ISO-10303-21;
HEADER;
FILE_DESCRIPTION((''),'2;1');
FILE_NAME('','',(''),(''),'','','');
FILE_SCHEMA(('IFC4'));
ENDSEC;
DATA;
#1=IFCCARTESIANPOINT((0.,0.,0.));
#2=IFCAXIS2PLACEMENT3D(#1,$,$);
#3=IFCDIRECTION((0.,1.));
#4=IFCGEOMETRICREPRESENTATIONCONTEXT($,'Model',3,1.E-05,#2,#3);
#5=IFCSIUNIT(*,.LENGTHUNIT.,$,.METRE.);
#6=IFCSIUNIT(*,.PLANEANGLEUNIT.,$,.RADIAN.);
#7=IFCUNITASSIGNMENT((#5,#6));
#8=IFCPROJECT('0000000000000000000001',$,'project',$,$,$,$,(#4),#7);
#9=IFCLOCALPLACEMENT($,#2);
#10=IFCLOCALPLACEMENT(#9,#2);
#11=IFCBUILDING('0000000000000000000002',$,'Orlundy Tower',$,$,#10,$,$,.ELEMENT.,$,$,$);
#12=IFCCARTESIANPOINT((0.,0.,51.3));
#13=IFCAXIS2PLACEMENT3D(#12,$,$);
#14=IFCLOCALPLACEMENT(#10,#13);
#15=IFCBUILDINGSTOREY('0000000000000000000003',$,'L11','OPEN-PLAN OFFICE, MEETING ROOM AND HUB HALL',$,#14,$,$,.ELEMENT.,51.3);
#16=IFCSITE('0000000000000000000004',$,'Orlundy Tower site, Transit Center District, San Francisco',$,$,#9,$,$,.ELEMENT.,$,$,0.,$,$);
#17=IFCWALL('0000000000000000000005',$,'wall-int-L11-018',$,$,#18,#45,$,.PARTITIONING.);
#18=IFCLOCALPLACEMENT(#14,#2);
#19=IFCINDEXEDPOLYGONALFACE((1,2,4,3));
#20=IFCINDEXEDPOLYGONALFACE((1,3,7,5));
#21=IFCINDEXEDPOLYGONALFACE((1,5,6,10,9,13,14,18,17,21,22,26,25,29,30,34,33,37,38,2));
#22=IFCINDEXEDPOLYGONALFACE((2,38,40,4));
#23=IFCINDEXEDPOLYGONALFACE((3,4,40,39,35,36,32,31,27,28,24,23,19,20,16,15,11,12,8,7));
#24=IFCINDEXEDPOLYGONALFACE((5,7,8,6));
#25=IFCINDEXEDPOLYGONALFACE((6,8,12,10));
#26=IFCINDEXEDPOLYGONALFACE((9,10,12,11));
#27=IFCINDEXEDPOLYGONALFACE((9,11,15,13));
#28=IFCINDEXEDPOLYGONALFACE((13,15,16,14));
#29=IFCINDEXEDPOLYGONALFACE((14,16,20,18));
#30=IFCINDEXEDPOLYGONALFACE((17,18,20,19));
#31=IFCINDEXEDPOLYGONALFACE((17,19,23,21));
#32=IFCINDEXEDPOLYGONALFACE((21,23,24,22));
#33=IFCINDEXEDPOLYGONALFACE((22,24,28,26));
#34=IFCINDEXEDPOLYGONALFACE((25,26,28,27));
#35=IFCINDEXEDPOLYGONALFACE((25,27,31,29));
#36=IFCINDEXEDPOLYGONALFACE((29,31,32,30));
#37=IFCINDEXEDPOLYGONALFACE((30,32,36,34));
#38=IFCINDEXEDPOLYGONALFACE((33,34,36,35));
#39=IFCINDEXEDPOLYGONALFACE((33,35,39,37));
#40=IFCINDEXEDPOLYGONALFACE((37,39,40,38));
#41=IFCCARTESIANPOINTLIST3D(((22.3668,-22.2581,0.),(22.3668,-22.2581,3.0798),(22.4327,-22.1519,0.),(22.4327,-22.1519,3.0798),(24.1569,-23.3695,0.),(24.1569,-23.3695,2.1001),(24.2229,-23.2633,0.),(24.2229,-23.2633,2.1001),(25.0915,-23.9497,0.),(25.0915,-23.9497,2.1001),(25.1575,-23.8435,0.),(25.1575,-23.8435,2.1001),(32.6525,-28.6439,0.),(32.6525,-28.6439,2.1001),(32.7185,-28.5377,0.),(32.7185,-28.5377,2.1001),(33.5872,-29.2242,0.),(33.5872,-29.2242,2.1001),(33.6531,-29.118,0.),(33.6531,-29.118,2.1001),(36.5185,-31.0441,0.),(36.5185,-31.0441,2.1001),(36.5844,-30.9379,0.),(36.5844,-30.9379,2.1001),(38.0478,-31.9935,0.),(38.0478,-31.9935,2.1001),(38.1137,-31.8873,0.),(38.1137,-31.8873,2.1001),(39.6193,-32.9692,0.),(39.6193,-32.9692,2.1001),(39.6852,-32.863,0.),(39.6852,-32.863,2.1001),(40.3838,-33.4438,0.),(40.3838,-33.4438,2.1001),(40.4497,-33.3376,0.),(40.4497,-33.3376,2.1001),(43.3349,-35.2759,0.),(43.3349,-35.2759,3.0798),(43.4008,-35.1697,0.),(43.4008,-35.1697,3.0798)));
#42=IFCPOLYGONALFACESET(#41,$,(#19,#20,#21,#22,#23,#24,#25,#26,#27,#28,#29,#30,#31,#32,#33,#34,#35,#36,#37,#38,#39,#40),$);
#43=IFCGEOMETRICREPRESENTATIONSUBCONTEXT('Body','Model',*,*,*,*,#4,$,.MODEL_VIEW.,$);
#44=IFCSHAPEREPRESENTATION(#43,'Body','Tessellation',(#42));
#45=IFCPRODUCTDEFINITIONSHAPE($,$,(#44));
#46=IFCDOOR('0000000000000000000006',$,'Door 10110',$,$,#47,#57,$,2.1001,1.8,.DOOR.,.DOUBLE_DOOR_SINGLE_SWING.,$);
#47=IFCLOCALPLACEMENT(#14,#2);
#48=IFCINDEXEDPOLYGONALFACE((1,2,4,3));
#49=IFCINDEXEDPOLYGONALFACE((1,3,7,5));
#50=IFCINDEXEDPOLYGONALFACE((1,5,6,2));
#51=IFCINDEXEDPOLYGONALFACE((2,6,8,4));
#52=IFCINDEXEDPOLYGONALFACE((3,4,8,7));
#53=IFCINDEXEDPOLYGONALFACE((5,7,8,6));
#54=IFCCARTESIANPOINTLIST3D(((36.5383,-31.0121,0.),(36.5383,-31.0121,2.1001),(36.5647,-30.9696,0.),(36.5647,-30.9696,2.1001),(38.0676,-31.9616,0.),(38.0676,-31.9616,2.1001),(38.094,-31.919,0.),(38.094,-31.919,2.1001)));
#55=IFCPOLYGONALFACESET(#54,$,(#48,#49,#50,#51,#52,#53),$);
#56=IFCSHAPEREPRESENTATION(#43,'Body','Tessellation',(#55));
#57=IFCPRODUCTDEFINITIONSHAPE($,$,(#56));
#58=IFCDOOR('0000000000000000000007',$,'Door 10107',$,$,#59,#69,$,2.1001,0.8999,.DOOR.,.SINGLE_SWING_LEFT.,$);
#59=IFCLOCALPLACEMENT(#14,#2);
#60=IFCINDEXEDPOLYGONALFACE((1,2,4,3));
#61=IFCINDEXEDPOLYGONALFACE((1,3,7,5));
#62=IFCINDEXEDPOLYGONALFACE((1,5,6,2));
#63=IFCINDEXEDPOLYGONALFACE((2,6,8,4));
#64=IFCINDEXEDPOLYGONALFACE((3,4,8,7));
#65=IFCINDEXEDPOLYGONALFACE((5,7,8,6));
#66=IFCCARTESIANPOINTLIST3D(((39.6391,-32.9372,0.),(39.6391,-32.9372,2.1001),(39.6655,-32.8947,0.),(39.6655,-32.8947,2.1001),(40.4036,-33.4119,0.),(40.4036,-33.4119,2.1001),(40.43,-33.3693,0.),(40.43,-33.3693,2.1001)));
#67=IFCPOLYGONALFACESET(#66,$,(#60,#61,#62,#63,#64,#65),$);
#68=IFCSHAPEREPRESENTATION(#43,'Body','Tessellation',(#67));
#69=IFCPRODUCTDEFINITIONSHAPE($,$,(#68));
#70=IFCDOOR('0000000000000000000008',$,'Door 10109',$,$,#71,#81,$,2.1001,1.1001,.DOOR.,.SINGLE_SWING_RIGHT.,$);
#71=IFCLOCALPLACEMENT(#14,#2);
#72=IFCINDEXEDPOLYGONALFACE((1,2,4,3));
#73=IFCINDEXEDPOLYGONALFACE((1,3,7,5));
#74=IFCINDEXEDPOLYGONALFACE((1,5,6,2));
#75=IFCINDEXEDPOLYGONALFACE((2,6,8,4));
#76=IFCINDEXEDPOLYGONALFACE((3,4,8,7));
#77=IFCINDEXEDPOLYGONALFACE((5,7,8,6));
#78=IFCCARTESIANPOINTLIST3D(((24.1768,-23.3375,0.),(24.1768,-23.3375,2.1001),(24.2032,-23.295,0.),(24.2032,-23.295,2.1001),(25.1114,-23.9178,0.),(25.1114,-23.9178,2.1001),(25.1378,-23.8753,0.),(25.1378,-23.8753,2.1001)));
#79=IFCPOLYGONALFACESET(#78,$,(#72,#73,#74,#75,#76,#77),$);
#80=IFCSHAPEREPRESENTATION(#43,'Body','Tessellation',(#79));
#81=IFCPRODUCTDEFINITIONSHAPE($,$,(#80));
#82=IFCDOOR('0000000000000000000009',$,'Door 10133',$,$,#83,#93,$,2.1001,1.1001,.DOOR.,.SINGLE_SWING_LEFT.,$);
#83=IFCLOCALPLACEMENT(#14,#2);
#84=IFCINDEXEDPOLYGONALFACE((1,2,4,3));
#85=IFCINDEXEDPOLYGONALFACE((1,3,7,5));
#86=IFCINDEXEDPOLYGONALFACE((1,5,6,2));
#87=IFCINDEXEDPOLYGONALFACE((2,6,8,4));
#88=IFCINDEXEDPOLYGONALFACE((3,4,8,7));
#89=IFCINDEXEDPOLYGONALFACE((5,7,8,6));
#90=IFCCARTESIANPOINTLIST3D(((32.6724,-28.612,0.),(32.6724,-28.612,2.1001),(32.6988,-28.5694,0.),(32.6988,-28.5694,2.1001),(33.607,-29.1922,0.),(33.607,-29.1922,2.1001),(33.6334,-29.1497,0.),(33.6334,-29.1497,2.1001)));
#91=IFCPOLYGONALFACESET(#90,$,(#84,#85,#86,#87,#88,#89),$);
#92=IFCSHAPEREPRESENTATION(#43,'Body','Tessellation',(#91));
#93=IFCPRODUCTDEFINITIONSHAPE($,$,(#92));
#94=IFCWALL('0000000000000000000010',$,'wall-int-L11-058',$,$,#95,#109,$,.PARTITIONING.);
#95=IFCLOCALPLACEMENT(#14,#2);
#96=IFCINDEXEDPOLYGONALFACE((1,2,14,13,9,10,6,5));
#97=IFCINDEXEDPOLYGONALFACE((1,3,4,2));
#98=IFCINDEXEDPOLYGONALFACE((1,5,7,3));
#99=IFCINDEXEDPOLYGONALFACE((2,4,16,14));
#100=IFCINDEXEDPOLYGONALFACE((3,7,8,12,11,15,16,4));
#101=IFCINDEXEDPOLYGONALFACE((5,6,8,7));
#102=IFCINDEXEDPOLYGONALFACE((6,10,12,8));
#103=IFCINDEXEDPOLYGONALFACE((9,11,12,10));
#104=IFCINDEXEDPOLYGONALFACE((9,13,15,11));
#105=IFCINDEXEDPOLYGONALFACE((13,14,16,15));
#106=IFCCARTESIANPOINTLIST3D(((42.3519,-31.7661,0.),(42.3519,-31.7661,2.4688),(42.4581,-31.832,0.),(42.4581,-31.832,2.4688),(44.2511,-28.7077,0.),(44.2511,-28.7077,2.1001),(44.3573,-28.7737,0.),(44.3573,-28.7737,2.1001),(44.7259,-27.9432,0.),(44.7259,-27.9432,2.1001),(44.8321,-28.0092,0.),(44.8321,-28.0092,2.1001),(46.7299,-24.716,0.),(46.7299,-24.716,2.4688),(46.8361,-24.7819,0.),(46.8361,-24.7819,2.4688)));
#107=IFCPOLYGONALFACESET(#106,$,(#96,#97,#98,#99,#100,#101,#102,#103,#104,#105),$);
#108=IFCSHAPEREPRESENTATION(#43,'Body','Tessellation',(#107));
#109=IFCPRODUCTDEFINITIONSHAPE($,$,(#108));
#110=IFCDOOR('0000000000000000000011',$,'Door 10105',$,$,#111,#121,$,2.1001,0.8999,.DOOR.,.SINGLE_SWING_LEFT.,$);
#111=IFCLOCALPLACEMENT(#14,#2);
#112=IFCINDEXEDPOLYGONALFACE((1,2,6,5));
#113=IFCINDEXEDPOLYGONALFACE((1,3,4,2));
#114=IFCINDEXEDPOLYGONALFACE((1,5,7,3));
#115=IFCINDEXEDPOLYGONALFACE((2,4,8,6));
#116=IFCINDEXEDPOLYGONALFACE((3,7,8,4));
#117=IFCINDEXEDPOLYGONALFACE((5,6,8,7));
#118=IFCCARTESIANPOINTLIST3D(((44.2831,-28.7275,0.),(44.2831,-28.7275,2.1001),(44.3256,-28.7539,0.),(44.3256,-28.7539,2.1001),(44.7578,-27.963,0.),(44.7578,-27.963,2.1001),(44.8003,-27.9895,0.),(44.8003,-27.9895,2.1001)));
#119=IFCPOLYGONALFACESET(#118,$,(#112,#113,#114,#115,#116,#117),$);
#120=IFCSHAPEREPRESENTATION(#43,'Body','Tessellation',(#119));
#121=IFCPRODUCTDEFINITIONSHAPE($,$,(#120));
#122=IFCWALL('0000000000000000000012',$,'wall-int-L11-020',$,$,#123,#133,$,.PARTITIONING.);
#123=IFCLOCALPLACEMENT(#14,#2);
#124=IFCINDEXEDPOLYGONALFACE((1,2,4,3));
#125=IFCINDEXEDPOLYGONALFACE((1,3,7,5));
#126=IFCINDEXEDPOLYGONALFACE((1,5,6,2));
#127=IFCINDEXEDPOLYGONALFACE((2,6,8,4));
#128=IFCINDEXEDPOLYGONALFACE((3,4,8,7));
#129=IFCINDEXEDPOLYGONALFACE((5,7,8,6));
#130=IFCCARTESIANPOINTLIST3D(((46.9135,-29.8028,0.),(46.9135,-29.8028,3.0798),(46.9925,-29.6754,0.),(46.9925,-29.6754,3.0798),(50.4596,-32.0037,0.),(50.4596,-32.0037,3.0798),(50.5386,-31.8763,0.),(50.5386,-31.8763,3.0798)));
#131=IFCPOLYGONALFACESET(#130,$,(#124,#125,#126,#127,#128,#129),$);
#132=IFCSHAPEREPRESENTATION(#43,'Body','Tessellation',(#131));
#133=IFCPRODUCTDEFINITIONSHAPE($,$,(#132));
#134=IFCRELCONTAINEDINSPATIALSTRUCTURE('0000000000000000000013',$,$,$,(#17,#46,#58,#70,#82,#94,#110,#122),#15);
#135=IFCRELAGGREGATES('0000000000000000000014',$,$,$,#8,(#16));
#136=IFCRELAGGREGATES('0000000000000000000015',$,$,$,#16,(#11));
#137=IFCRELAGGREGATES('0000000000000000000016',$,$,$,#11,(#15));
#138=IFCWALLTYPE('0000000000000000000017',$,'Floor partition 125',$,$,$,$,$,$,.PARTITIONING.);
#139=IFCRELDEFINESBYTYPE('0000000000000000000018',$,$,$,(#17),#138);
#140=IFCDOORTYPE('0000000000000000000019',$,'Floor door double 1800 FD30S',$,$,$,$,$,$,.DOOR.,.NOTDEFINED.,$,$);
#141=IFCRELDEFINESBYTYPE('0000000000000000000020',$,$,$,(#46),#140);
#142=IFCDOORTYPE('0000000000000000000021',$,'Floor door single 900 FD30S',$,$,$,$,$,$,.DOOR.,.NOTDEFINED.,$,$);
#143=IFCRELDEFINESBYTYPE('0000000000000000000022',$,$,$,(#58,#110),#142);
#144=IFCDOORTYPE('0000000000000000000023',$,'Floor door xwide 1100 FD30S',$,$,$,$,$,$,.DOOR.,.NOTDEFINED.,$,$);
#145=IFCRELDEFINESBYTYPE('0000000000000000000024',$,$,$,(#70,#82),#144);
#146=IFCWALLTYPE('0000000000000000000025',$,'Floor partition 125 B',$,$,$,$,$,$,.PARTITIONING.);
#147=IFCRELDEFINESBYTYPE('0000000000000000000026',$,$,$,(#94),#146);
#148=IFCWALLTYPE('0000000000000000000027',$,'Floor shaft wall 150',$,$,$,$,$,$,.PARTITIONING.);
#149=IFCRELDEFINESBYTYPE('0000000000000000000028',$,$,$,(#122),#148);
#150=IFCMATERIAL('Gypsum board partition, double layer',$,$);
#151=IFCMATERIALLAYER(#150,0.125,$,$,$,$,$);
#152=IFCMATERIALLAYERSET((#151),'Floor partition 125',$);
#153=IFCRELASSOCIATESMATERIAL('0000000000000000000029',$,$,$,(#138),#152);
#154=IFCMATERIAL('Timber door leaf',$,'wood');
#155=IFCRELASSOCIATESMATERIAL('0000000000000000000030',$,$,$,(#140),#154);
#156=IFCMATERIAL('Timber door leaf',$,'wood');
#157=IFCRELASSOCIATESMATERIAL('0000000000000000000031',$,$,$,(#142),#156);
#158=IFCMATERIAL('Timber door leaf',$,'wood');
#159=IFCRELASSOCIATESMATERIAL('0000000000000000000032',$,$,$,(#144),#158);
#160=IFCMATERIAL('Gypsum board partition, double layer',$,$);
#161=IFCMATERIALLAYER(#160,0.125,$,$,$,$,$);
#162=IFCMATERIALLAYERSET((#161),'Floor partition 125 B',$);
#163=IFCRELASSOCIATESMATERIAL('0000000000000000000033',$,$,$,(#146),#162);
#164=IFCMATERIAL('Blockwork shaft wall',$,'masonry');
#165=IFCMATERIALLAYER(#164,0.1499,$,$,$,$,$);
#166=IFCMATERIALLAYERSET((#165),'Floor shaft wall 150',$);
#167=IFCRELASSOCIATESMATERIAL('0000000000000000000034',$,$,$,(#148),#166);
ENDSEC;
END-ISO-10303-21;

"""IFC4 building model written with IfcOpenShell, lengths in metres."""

from ifc_helpers import new_model, si_unit, direction, frame, frame_2d, origin, place, context, subcontext, project, spatial, rectangle, extrude, material, layer, layer_set, type_object, element, fill, save


model = new_model("IFC4")

# Units and contexts
model_context = context("Model", 3, precision=1e-05, world=origin(), true_north=direction((0.0, 1.0)))
body_context = subcontext(model_context, "Body", "Model", "MODEL_VIEW")
ifc_project = project(units=[si_unit("LENGTHUNIT", "METRE"), si_unit("PLANEANGLEUNIT", "RADIAN")], contexts=[model_context])

# Site, building, storey
site_placement = place(None, origin())
site = spatial("IfcSite", under=ifc_project, at=site_placement, Name="Orlundy Tower site, Transit Center District, San Francisco", CompositionType="ELEMENT", RefElevation=0.0)
building_placement = place(site_placement, origin())
building = spatial("IfcBuilding", under=site, at=building_placement, Name="Orlundy Tower", CompositionType="ELEMENT")
storey_placement = place(building_placement, frame((0.0, 0.0, 51.3)))
storey = spatial("IfcBuildingStorey", under=building, at=storey_placement, Name="L11", Description="OPEN-PLAN OFFICE, MEETING ROOM AND HUB HALL", CompositionType="ELEMENT", Elevation=51.3)

# Wall, openings, doors
ifc_material_1 = material(Name="Gypsum board partition, double layer")
ifc_layer_1 = layer(ifc_material_1, 0.125)
ifc_layer_set_1 = layer_set([ifc_layer_1], Name="Floor partition 125")
wall_type_1 = type_object("IfcWallType", Name="Floor partition 125", PredefinedType="PARTITIONING", material=ifc_layer_set_1)
wall_1_placement = place(storey_placement, frame((43.3679, -35.2229, 0.0), z_axis=(0.0, 0.0, 1.0), x_axis=(-0.849582, 0.527456, 0.0)))
wall_1 = element("IfcWall", 1, at=wall_1_placement, inside=storey, type_object=wall_type_1, Name="wall-int-L11-018", PredefinedType="PARTITIONING", context=body_context, shape_type="SweptSolid", body=[
    extrude(rectangle(XDim=24.6804, YDim=0.125, at=frame_2d((12.3403, 0.0))), origin(), (0.0, 0.0, 1.0), 3.0798),
])
opening_1_placement = place(wall_1_placement, frame((3.4736, 0.0, 0.0)))
opening_1 = element("IfcOpeningElement", 2, at=opening_1_placement, cuts=wall_1, PredefinedType="OPENING", context=body_context, shape_type="SweptSolid", body=[
    extrude(rectangle(XDim=0.8999, YDim=2.1001, at=frame_2d((0.45, 1.05))), frame((0.0, 0.0725, 0.0), z_axis=(0.0, -1.0, 0.0), x_axis=(1.0, 0.0, 0.0)), (0.0, 0.0, 1.0), 0.145),
])
opening_2_placement = place(wall_1_placement, frame((21.4734, 0.0, 0.0)))
opening_2 = element("IfcOpeningElement", 3, at=opening_2_placement, cuts=wall_1, PredefinedType="OPENING", context=body_context, shape_type="SweptSolid", body=[
    extrude(rectangle(XDim=1.1001, YDim=2.1001, at=frame_2d((0.55, 1.05))), frame((0.0, 0.0725, 0.0), z_axis=(0.0, -1.0, 0.0), x_axis=(1.0, 0.0, 0.0)), (0.0, 0.0, 1.0), 0.145),
])
opening_3_placement = place(wall_1_placement, frame((6.2234, 0.0, 0.0)))
opening_3 = element("IfcOpeningElement", 4, at=opening_3_placement, cuts=wall_1, PredefinedType="OPENING", context=body_context, shape_type="SweptSolid", body=[
    extrude(rectangle(XDim=1.8, YDim=2.1001, at=frame_2d((0.8999, 1.05))), frame((0.0, 0.0725, 0.0), z_axis=(0.0, -1.0, 0.0), x_axis=(1.0, 0.0, 0.0)), (0.0, 0.0, 1.0), 0.145),
])
opening_4_placement = place(wall_1_placement, frame((11.4736, 0.0, 0.0)))
opening_4 = element("IfcOpeningElement", 5, at=opening_4_placement, cuts=wall_1, PredefinedType="OPENING", context=body_context, shape_type="SweptSolid", body=[
    extrude(rectangle(XDim=1.1001, YDim=2.1001, at=frame_2d((0.55, 1.05))), frame((0.0, 0.0725, 0.0), z_axis=(0.0, -1.0, 0.0), x_axis=(1.0, 0.0, 0.0)), (0.0, 0.0, 1.0), 0.145),
])
ifc_material_2 = material(Name="Timber door leaf", Category="wood")
door_type_1 = type_object("IfcDoorType", Name="Floor door double 1800 FD30S", OperationType="NOTDEFINED", PredefinedType="DOOR", material=ifc_material_2)
door_1_placement = place(opening_3_placement, origin())
door_1 = element("IfcDoor", 6, at=door_1_placement, inside=storey, type_object=door_type_1, Name="Door 10110", OperationType="DOUBLE_DOOR_SINGLE_SWING", OverallHeight=2.1001, OverallWidth=1.8, PredefinedType="DOOR", context=body_context, shape_type="SweptSolid", body=[
    extrude(rectangle(XDim=1.8, YDim=2.1001, at=frame_2d((0.8999, 1.05))), frame((0.0, 0.0249, 0.0), z_axis=(0.0, -1.0, 0.0), x_axis=(1.0, 0.0, 0.0)), (0.0, 0.0, 1.0), 0.05),
])
fill(opening_3, door_1)
ifc_material_3 = material(Name="Timber door leaf", Category="wood")
door_type_2 = type_object("IfcDoorType", Name="Floor door single 900 FD30S", OperationType="NOTDEFINED", PredefinedType="DOOR", material=ifc_material_3)
door_2_placement = place(opening_1_placement, origin())
door_2 = element("IfcDoor", 7, at=door_2_placement, inside=storey, type_object=door_type_2, Name="Door 10107", OperationType="SINGLE_SWING_LEFT", OverallHeight=2.1001, OverallWidth=0.8999, PredefinedType="DOOR", context=body_context, shape_type="SweptSolid", body=[
    extrude(rectangle(XDim=0.8999, YDim=2.1001, at=frame_2d((0.45, 1.05))), frame((0.0, 0.0249, 0.0), z_axis=(0.0, -1.0, 0.0), x_axis=(1.0, 0.0, 0.0)), (0.0, 0.0, 1.0), 0.05),
])
fill(opening_1, door_2)
ifc_material_4 = material(Name="Timber door leaf", Category="wood")
door_type_3 = type_object("IfcDoorType", Name="Floor door xwide 1100 FD30S", OperationType="NOTDEFINED", PredefinedType="DOOR", material=ifc_material_4)
door_3_placement = place(opening_2_placement, origin())
door_3 = element("IfcDoor", 8, at=door_3_placement, inside=storey, type_object=door_type_3, Name="Door 10109", OperationType="SINGLE_SWING_RIGHT", OverallHeight=2.1001, OverallWidth=1.1001, PredefinedType="DOOR", context=body_context, shape_type="SweptSolid", body=[
    extrude(rectangle(XDim=1.1001, YDim=2.1001, at=frame_2d((0.55, 1.05))), frame((0.0, 0.0249, 0.0), z_axis=(0.0, -1.0, 0.0), x_axis=(1.0, 0.0, 0.0)), (0.0, 0.0, 1.0), 0.05),
])
fill(opening_2, door_3)
door_4_placement = place(opening_4_placement, origin())
door_4 = element("IfcDoor", 9, at=door_4_placement, inside=storey, type_object=door_type_3, Name="Door 10133", OperationType="SINGLE_SWING_LEFT", OverallHeight=2.1001, OverallWidth=1.1001, PredefinedType="DOOR", context=body_context, shape_type="SweptSolid", body=[
    extrude(rectangle(XDim=1.1001, YDim=2.1001, at=frame_2d((0.55, 1.05))), frame((0.0, 0.0249, 0.0), z_axis=(0.0, -1.0, 0.0), x_axis=(1.0, 0.0, 0.0)), (0.0, 0.0, 1.0), 0.05),
])
fill(opening_4, door_4)

# Wall, opening, door
ifc_material_5 = material(Name="Gypsum board partition, double layer")
ifc_layer_2 = layer(ifc_material_5, 0.125)
ifc_layer_set_2 = layer_set([ifc_layer_2], Name="Floor partition 125 B")
wall_type_2 = type_object("IfcWallType", Name="Floor partition 125 B", PredefinedType="PARTITIONING", material=ifc_layer_set_2)
wall_2_placement = place(storey_placement, frame((42.405, -31.7991, 0.0), z_axis=(0.0, 0.0, 1.0), x_axis=(0.52754, 0.84953, 0.0)))
wall_2 = element("IfcWall", 10, at=wall_2_placement, inside=storey, type_object=wall_type_2, Name="wall-int-L11-058", PredefinedType="PARTITIONING", context=body_context, shape_type="SweptSolid", body=[
    extrude(rectangle(XDim=8.2988, YDim=0.125, at=frame_2d((4.1494, 0.0))), origin(), (0.0, 0.0, 1.0), 2.4688),
])
opening_5_placement = place(wall_2_placement, frame((3.6001, 0.0, 0.0)))
opening_5 = element("IfcOpeningElement", 11, at=opening_5_placement, cuts=wall_2, PredefinedType="OPENING", context=body_context, shape_type="SweptSolid", body=[
    extrude(rectangle(XDim=0.8999, YDim=2.1001, at=frame_2d((0.45, 1.05))), frame((0.0, 0.0725, 0.0), z_axis=(0.0, -1.0, 0.0), x_axis=(1.0, 0.0, 0.0)), (0.0, 0.0, 1.0), 0.145),
])
door_5_placement = place(opening_5_placement, origin())
door_5 = element("IfcDoor", 12, at=door_5_placement, inside=storey, type_object=door_type_2, Name="Door 10105", OperationType="SINGLE_SWING_LEFT", OverallHeight=2.1001, OverallWidth=0.8999, PredefinedType="DOOR", context=body_context, shape_type="SweptSolid", body=[
    extrude(rectangle(XDim=0.8999, YDim=2.1001, at=frame_2d((0.45, 1.05))), frame((0.0, 0.0249, 0.0), z_axis=(0.0, -1.0, 0.0), x_axis=(1.0, 0.0, 0.0)), (0.0, 0.0, 1.0), 0.05),
])
fill(opening_5, door_5)

# Wall
ifc_material_6 = material(Name="Blockwork shaft wall", Category="masonry")
ifc_layer_3 = layer(ifc_material_6, 0.1499)
ifc_layer_set_3 = layer_set([ifc_layer_3], Name="Floor shaft wall 150")
wall_type_3 = type_object("IfcWallType", Name="Floor shaft wall 150", PredefinedType="PARTITIONING", material=ifc_layer_set_3)
wall_3_placement = place(storey_placement, frame((46.9529, -29.739, 0.0), z_axis=(0.0, 0.0, 1.0), x_axis=(0.849654, -0.527341, 0.0)))
element("IfcWall", 13, at=wall_3_placement, inside=storey, type_object=wall_type_3, Name="wall-int-L11-020", PredefinedType="PARTITIONING", context=body_context, shape_type="SweptSolid", body=[
    extrude(rectangle(XDim=4.1736, YDim=0.1499, at=frame_2d((2.0869, 0.0))), origin(), (0.0, 0.0, 1.0), 3.0798),
])

save(model, "model.ifc")
